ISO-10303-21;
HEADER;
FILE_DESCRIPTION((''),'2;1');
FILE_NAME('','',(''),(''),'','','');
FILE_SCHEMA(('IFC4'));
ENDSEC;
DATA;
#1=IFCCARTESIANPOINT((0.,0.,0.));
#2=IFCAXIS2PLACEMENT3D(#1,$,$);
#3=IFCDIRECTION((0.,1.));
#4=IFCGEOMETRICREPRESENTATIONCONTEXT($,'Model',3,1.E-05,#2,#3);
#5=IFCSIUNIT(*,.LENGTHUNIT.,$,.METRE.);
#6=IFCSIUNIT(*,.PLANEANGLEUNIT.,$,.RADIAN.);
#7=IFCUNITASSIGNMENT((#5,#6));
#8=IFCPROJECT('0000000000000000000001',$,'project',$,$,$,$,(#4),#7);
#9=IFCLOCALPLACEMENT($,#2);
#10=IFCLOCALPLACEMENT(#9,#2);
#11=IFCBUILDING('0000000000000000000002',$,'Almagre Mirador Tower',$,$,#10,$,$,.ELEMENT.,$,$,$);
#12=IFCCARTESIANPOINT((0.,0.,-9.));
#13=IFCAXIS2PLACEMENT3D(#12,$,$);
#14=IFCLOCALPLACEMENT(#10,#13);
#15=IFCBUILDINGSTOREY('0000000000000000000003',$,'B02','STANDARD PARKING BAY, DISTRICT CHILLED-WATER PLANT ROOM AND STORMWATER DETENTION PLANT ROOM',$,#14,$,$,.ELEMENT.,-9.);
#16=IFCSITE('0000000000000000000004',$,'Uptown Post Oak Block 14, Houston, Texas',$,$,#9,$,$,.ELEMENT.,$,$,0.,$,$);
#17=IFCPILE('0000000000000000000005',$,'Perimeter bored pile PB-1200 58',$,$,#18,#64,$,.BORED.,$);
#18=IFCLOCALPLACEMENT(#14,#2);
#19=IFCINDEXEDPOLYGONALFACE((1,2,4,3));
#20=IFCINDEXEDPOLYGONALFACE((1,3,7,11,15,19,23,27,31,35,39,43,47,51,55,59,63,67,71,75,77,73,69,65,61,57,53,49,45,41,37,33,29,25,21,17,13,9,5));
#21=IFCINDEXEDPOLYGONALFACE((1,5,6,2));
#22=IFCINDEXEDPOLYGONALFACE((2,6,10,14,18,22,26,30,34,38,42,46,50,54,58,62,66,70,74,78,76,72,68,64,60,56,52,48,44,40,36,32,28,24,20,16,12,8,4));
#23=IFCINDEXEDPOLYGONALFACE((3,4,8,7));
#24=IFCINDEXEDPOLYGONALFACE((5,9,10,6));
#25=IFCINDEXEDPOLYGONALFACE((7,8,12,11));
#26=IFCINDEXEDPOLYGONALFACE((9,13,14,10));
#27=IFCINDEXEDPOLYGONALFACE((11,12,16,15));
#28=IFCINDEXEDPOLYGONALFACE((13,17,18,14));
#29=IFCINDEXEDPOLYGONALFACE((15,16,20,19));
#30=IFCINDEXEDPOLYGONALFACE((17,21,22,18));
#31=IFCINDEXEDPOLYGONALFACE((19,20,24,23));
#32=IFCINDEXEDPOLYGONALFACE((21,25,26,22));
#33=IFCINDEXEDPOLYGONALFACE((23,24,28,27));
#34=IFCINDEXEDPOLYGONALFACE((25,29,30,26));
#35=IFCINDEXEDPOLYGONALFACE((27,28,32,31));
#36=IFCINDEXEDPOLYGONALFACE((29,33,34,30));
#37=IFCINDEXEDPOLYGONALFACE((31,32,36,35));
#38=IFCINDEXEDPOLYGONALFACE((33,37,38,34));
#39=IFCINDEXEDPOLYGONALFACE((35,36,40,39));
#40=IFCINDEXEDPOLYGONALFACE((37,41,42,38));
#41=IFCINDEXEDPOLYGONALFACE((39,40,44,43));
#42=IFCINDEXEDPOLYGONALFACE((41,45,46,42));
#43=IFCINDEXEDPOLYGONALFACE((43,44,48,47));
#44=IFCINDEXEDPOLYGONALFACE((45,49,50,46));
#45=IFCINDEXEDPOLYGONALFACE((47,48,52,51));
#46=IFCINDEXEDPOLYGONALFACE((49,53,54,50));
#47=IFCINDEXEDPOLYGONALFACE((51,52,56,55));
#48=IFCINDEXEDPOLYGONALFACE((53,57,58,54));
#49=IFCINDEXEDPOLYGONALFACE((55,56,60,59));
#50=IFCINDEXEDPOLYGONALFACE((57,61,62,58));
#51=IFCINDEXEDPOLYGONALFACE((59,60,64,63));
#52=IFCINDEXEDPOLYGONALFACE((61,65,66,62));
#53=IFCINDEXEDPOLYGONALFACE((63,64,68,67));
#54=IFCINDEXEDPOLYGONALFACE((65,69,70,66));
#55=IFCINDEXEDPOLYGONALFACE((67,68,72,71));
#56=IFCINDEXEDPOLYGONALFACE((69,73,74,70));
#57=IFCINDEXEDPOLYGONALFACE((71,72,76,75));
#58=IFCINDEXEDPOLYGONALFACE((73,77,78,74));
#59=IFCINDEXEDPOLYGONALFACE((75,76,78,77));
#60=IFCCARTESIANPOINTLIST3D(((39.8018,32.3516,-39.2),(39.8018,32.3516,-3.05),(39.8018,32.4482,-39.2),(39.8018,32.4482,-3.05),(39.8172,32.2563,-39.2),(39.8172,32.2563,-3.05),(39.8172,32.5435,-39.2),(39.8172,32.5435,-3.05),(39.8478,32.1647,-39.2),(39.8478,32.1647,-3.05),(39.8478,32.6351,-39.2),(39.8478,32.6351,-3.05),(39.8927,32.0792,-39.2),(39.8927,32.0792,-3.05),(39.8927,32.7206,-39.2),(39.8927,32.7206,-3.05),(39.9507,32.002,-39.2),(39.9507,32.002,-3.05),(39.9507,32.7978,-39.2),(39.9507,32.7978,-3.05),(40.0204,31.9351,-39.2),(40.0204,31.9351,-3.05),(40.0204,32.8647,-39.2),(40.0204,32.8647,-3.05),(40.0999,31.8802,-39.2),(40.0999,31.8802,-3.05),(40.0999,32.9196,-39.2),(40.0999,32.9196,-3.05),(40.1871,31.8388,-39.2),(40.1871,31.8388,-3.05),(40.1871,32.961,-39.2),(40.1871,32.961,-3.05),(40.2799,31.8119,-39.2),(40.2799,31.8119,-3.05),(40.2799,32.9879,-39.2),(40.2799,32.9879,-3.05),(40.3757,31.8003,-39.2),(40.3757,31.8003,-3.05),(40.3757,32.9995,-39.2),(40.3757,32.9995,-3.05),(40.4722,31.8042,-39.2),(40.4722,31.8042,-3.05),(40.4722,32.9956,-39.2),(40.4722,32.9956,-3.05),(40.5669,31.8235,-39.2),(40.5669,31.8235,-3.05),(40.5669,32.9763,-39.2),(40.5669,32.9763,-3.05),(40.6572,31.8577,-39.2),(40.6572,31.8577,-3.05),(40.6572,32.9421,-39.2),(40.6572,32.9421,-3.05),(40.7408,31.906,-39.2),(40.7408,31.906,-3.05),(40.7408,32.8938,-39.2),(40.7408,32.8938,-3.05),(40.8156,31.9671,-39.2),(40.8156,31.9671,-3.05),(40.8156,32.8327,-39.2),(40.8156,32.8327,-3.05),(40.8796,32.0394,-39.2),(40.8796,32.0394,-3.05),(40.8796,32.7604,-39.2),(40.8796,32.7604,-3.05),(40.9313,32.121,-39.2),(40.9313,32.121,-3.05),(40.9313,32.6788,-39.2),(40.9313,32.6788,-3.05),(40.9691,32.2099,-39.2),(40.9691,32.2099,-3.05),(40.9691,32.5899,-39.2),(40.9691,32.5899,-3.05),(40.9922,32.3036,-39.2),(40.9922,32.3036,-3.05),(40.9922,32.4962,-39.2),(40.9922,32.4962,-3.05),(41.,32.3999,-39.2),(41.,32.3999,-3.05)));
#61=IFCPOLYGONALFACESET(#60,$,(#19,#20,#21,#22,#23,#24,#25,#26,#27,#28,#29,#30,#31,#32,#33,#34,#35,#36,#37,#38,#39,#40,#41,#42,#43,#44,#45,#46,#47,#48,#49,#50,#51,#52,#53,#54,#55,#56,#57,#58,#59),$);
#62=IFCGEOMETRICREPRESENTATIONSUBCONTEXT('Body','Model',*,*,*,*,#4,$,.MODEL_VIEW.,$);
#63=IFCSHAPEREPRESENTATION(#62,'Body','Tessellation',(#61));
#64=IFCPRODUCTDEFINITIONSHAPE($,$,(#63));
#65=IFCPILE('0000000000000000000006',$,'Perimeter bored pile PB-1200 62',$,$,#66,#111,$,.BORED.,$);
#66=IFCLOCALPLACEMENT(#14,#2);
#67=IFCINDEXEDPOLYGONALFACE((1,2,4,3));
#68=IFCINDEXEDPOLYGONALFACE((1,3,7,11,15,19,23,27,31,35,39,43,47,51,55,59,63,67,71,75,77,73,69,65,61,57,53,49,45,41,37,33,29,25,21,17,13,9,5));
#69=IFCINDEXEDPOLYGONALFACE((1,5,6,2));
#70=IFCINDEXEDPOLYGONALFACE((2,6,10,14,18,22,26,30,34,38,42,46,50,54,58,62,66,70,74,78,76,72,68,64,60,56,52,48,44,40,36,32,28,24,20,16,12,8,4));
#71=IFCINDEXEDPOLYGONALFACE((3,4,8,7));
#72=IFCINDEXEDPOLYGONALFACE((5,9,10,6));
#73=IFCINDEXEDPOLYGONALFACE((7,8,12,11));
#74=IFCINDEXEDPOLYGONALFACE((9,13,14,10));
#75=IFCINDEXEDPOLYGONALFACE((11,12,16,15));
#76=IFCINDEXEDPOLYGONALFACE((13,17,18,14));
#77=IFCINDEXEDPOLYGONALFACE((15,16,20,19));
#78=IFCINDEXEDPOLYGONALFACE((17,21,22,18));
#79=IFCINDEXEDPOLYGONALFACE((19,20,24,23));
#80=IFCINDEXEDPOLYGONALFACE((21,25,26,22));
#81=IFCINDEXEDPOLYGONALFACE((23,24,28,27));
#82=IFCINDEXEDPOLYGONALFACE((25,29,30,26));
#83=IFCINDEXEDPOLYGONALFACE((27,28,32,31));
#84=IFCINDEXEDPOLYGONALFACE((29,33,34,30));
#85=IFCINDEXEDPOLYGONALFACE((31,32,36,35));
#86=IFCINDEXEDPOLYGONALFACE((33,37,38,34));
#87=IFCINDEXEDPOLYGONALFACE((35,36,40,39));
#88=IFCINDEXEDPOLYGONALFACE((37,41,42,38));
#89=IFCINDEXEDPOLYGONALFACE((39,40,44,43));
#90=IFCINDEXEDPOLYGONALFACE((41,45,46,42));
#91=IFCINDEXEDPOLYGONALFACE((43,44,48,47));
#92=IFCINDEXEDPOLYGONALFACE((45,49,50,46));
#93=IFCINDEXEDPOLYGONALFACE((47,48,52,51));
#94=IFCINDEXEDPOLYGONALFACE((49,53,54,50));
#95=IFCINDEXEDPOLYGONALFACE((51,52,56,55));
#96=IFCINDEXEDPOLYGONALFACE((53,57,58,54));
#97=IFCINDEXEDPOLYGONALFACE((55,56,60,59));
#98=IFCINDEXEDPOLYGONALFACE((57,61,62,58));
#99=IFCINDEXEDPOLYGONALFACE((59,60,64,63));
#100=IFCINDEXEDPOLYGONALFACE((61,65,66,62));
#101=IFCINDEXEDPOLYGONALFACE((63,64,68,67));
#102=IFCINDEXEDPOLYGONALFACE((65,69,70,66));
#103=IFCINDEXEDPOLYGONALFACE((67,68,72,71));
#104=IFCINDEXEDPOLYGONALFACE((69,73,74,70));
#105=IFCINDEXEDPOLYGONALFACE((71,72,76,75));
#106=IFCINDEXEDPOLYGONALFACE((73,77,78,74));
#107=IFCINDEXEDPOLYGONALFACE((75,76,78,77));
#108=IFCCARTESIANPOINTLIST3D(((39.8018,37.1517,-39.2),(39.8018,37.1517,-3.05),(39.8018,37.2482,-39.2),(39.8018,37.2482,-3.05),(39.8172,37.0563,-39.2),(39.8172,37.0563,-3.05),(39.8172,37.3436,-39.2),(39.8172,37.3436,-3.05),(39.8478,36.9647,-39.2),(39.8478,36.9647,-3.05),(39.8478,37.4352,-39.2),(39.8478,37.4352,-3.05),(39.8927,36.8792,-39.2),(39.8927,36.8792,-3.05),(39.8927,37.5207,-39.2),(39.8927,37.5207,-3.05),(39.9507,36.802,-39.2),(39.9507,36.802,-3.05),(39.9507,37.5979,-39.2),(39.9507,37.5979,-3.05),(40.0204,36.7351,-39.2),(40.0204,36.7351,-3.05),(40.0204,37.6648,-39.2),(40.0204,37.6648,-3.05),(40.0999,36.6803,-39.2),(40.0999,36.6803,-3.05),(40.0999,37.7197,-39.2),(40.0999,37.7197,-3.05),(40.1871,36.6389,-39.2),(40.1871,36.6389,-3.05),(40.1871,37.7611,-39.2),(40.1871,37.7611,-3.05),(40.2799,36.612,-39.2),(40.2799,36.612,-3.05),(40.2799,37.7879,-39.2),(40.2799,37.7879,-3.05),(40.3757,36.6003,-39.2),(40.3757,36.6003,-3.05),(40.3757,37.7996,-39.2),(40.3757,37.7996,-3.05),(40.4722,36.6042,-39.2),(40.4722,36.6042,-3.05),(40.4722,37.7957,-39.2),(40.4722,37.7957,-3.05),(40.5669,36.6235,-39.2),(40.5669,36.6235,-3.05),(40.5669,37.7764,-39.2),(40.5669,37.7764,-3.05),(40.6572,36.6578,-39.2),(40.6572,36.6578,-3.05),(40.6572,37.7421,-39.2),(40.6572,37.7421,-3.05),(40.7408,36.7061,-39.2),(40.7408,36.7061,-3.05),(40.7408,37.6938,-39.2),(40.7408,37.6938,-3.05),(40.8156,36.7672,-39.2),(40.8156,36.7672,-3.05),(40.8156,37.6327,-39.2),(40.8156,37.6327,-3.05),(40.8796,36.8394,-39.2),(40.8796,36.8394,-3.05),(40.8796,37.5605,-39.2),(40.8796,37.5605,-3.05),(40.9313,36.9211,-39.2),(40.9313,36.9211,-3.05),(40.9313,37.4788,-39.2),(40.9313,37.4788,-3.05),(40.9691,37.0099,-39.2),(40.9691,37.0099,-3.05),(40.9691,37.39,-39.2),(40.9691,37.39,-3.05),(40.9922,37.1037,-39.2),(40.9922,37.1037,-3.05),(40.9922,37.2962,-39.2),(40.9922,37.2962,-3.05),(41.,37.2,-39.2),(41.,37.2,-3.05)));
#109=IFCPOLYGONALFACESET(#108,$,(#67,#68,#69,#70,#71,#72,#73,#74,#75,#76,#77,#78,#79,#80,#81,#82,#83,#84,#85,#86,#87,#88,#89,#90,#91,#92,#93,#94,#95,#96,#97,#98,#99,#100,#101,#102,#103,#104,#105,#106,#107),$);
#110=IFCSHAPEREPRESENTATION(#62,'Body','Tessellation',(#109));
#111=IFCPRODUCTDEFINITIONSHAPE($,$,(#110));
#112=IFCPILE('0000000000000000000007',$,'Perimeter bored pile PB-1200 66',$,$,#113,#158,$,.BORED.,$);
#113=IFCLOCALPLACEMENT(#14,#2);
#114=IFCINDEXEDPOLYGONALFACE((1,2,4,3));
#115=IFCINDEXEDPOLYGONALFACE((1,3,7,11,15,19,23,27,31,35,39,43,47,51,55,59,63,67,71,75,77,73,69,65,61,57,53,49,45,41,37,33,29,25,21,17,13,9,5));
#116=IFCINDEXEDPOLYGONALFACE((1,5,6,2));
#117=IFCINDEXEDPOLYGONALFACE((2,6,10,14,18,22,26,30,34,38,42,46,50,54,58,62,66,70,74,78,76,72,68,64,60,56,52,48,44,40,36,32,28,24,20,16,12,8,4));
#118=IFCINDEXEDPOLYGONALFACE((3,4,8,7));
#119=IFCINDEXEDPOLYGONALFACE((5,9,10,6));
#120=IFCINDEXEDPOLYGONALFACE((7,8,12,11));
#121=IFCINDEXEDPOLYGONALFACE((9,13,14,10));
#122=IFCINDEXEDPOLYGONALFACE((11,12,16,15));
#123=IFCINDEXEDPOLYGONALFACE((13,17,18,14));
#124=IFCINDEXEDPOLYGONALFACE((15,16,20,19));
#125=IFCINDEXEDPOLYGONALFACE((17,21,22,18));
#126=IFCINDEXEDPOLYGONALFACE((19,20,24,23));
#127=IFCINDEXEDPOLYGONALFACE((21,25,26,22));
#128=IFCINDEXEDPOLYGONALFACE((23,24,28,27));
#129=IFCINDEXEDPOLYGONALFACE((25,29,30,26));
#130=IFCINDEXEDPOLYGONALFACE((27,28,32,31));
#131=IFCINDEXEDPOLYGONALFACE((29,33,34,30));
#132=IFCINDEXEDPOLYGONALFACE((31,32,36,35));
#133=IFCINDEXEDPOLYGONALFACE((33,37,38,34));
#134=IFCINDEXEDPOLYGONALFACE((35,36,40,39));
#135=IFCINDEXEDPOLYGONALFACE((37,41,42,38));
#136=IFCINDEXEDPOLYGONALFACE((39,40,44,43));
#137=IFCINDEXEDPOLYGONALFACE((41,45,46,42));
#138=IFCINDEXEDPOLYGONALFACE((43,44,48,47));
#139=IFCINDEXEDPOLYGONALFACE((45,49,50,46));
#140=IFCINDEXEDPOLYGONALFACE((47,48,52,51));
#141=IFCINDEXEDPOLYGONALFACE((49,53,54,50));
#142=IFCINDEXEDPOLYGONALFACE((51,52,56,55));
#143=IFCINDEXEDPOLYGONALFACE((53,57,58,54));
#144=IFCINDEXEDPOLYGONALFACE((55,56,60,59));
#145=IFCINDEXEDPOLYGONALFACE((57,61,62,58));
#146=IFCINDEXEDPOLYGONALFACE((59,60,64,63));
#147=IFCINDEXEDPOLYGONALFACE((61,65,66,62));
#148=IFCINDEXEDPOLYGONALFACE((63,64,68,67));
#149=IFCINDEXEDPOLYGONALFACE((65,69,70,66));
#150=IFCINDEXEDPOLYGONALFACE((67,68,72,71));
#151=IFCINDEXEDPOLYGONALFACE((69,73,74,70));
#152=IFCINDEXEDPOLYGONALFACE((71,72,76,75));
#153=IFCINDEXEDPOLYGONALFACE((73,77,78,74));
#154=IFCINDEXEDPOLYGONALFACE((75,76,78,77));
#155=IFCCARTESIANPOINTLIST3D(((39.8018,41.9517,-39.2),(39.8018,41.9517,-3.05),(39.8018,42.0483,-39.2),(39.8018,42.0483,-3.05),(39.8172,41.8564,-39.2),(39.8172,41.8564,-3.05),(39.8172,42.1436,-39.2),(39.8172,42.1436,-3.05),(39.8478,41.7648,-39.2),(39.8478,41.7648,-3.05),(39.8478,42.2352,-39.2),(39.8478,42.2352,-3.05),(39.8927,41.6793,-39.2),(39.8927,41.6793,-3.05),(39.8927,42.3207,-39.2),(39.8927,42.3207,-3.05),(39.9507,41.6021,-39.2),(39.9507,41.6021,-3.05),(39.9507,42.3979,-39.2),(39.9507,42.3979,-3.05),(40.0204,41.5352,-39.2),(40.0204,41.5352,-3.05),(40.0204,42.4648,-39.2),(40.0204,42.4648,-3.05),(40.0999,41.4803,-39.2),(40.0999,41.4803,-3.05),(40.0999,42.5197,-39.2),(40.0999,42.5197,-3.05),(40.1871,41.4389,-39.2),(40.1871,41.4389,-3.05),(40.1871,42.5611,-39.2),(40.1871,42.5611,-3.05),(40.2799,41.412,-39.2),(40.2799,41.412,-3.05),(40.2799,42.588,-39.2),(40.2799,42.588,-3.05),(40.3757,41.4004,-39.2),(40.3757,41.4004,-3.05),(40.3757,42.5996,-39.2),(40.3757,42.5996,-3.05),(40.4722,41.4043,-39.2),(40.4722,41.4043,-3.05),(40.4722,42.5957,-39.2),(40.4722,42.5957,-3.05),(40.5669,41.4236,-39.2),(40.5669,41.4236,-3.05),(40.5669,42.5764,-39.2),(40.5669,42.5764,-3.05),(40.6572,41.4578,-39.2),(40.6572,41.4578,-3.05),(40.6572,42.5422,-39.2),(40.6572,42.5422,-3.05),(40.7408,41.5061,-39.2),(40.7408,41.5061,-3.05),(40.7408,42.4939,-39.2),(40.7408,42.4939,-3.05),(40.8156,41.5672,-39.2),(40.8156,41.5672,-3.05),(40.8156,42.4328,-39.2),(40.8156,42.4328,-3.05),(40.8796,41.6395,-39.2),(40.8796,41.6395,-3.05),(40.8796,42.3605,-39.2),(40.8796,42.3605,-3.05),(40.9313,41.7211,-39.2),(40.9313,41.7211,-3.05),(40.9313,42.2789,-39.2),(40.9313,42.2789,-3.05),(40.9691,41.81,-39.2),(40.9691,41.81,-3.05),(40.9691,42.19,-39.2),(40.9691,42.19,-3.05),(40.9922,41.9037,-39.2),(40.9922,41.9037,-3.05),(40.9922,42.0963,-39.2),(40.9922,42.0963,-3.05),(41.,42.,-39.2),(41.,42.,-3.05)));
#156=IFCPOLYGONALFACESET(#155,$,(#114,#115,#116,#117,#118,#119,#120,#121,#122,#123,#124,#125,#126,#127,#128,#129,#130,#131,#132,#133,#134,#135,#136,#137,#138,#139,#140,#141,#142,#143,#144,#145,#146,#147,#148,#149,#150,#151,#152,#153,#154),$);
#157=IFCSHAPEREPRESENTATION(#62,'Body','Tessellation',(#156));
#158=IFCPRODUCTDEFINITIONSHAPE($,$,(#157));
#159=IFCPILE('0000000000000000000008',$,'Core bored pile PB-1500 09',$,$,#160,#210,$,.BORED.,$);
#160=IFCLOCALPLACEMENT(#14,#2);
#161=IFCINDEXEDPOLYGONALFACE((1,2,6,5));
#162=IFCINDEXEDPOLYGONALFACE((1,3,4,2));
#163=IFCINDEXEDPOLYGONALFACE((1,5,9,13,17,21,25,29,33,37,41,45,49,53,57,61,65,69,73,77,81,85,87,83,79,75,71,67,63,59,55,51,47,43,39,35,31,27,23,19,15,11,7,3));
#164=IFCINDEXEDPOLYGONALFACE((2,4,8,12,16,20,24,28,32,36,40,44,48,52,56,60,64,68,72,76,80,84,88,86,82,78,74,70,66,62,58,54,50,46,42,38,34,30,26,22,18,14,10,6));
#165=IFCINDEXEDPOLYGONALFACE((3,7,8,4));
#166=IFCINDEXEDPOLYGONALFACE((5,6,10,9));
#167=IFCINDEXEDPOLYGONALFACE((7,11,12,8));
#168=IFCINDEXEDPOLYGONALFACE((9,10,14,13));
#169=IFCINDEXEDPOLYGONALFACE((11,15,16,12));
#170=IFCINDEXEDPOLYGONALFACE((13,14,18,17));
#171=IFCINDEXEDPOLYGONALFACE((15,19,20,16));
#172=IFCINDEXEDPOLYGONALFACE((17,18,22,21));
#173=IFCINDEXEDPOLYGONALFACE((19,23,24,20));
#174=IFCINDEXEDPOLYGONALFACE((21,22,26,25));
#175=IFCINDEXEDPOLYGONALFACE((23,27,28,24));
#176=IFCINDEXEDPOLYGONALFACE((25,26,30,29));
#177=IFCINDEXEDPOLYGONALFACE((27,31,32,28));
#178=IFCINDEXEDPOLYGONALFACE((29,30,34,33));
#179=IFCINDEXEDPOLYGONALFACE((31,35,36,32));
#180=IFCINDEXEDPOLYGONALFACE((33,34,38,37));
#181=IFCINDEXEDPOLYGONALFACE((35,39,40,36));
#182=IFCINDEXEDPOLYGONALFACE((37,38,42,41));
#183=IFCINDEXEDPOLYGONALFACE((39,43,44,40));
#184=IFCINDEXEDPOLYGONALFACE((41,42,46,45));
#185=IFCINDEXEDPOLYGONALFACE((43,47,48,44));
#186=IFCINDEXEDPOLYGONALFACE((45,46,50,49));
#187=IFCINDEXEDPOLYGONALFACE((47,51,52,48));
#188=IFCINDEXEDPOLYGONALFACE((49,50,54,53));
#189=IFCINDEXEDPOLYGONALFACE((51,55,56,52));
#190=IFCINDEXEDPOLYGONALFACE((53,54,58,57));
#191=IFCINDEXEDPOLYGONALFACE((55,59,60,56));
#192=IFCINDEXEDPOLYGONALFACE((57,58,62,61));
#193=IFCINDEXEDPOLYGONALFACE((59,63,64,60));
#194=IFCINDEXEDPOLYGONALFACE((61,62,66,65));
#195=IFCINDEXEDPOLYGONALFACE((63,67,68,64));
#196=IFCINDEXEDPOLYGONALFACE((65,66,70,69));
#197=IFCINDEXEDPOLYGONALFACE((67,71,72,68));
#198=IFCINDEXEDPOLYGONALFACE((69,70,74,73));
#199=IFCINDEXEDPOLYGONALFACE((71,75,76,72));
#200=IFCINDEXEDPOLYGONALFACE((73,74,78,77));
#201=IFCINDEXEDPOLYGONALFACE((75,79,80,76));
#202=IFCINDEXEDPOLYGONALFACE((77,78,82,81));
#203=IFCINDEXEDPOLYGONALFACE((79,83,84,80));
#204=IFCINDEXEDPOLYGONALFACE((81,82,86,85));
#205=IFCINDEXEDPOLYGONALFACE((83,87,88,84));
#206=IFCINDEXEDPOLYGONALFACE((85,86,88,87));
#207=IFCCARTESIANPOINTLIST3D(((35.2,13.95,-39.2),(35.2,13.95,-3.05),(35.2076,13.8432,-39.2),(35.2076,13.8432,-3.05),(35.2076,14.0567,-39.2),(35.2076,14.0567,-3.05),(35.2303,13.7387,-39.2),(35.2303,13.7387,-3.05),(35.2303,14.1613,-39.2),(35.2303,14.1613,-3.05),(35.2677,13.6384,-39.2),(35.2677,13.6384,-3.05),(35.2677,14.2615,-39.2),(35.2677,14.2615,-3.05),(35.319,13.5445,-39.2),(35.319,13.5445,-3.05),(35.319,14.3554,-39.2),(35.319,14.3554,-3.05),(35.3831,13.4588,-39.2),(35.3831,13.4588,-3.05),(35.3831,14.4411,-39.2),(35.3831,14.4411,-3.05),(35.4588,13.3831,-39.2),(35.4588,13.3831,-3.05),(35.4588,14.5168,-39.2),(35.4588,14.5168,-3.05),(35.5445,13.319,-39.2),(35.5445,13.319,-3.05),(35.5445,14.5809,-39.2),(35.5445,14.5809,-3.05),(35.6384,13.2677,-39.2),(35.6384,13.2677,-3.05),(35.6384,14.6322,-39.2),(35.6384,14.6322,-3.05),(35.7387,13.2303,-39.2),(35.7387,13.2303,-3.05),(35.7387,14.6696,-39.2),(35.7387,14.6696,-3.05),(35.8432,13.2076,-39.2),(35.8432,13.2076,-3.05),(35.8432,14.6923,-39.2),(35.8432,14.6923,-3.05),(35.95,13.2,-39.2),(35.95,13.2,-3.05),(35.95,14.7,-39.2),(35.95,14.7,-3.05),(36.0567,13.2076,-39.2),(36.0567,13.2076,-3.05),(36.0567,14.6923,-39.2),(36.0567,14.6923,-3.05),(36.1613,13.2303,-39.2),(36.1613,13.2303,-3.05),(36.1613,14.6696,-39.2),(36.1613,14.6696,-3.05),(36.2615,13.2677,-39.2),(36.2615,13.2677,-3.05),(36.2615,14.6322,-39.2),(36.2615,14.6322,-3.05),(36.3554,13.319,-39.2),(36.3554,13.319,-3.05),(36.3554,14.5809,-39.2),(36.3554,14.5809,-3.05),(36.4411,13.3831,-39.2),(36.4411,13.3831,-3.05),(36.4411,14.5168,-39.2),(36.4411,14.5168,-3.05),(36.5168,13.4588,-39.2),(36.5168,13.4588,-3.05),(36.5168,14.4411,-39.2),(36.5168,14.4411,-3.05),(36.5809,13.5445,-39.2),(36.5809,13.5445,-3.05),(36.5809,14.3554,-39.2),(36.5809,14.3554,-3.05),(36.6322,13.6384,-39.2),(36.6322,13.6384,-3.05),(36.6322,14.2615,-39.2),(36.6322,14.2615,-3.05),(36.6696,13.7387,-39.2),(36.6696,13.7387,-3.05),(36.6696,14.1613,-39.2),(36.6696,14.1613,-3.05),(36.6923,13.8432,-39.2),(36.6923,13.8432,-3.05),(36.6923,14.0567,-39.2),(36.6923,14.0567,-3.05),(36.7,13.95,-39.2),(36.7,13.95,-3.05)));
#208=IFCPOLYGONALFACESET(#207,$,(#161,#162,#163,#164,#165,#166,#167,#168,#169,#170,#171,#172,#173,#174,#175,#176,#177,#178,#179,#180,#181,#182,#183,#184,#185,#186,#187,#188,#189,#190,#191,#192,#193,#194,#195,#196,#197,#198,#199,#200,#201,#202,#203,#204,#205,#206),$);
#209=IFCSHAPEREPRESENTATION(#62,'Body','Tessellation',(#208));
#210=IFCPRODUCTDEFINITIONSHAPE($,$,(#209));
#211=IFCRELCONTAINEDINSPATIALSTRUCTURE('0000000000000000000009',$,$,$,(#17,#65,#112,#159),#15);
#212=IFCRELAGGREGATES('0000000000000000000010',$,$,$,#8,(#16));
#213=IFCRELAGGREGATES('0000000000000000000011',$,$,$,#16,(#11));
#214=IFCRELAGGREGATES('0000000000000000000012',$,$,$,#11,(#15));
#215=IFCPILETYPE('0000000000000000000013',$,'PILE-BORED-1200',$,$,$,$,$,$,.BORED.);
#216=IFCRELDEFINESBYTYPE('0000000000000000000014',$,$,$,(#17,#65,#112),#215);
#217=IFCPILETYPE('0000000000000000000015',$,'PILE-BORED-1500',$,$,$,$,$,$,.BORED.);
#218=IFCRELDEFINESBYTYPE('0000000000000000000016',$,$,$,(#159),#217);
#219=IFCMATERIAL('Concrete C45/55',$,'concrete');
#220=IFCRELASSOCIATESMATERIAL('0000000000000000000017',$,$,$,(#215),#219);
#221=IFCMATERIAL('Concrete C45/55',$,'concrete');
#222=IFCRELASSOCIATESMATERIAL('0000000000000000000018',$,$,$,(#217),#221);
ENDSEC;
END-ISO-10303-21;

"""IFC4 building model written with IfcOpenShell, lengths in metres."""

from ifc_helpers import new_model, si_unit, direction, frame, origin, origin_2d, place, context, subcontext, project, spatial, circle, extrude, material, material_profile, profile_set, type_object, element, save


model = new_model("IFC4")

# Units and contexts
model_context = context("Model", 3, precision=1e-05, world=origin(), true_north=direction((0.0, 1.0)))
body_context = subcontext(model_context, "Body", "Model", "MODEL_VIEW")
ifc_project = project(units=[si_unit("LENGTHUNIT", "METRE"), si_unit("PLANEANGLEUNIT", "RADIAN")], contexts=[model_context])

# Site, building, storey
site_placement = place(None, origin())
site = spatial("IfcSite", under=ifc_project, at=site_placement, Name="Uptown Post Oak Block 14, Houston, Texas", CompositionType="ELEMENT", RefElevation=0.0)
building_placement = place(site_placement, origin())
building = spatial("IfcBuilding", under=site, at=building_placement, Name="Almagre Mirador Tower", CompositionType="ELEMENT")
storey_placement = place(building_placement, frame((0.0, 0.0, -9.0)))
storey = spatial("IfcBuildingStorey", under=building, at=storey_placement, Name="B02", Description="STANDARD PARKING BAY, DISTRICT CHILLED-WATER PLANT ROOM AND STORMWATER DETENTION PLANT ROOM", CompositionType="ELEMENT", Elevation=-9.0)

# Piles
ifc_material_1 = material(Name="Concrete C45/55", Category="concrete")
ifc_material_profile_1 = material_profile(ifc_material_1, circle(Radius=0.6001, at=origin_2d()), Name="PILE1200D")
ifc_profile_set_1 = profile_set([ifc_material_profile_1], Name="Concrete C45/55")
pile_type_1 = type_object("IfcPileType", Name="PILE-BORED-1200", PredefinedType="BORED", material=ifc_profile_set_1)
for number, where, z_axis, x_axis, name in (
    (1, (40.3999, 32.3999, -3.05), (0.0, 0.0, -1.0), (1.0, 0.0, 0.0), "Perimeter bored pile PB-1200 58"),
    (2, (40.3999, 37.2, -3.05), (0.0, 0.0, -1.0), (1.0, 0.0, 0.0), "Perimeter bored pile PB-1200 62"),
    (3, (40.3999, 42.0, -3.05), (0.0, 0.0, -1.0), (1.0, 0.0, 0.0), "Perimeter bored pile PB-1200 66"),
):
    element("IfcPile", number, at=place(storey_placement, frame(where, z_axis=z_axis, x_axis=x_axis)), inside=storey, type_object=pile_type_1, Name=name, PredefinedType="BORED", context=body_context, shape_type="SweptSolid", body=[
        extrude(circle(Radius=0.6001, at=origin_2d()), origin(), (0.0, 0.0, 1.0), 36.1499),
    ])
ifc_material_2 = material(Name="Concrete C45/55", Category="concrete")
ifc_material_profile_2 = material_profile(ifc_material_2, circle(Radius=0.75, at=origin_2d()), Name="PILE1500D")
ifc_profile_set_2 = profile_set([ifc_material_profile_2], Name="Concrete C45/55")
pile_type_2 = type_object("IfcPileType", Name="PILE-BORED-1500", PredefinedType="BORED", material=ifc_profile_set_2)
for number, where, z_axis, x_axis, name in (
    (4, (35.95, 13.95, -3.05), (0.0, 0.0, -1.0), (1.0, 0.0, 0.0), "Core bored pile PB-1500 09"),
):
    element("IfcPile", number, at=place(storey_placement, frame(where, z_axis=z_axis, x_axis=x_axis)), inside=storey, type_object=pile_type_2, Name=name, PredefinedType="BORED", context=body_context, shape_type="SweptSolid", body=[
        extrude(circle(Radius=0.75, at=origin_2d()), origin(), (0.0, 0.0, 1.0), 36.1499),
    ])

save(model, "model.ifc")
